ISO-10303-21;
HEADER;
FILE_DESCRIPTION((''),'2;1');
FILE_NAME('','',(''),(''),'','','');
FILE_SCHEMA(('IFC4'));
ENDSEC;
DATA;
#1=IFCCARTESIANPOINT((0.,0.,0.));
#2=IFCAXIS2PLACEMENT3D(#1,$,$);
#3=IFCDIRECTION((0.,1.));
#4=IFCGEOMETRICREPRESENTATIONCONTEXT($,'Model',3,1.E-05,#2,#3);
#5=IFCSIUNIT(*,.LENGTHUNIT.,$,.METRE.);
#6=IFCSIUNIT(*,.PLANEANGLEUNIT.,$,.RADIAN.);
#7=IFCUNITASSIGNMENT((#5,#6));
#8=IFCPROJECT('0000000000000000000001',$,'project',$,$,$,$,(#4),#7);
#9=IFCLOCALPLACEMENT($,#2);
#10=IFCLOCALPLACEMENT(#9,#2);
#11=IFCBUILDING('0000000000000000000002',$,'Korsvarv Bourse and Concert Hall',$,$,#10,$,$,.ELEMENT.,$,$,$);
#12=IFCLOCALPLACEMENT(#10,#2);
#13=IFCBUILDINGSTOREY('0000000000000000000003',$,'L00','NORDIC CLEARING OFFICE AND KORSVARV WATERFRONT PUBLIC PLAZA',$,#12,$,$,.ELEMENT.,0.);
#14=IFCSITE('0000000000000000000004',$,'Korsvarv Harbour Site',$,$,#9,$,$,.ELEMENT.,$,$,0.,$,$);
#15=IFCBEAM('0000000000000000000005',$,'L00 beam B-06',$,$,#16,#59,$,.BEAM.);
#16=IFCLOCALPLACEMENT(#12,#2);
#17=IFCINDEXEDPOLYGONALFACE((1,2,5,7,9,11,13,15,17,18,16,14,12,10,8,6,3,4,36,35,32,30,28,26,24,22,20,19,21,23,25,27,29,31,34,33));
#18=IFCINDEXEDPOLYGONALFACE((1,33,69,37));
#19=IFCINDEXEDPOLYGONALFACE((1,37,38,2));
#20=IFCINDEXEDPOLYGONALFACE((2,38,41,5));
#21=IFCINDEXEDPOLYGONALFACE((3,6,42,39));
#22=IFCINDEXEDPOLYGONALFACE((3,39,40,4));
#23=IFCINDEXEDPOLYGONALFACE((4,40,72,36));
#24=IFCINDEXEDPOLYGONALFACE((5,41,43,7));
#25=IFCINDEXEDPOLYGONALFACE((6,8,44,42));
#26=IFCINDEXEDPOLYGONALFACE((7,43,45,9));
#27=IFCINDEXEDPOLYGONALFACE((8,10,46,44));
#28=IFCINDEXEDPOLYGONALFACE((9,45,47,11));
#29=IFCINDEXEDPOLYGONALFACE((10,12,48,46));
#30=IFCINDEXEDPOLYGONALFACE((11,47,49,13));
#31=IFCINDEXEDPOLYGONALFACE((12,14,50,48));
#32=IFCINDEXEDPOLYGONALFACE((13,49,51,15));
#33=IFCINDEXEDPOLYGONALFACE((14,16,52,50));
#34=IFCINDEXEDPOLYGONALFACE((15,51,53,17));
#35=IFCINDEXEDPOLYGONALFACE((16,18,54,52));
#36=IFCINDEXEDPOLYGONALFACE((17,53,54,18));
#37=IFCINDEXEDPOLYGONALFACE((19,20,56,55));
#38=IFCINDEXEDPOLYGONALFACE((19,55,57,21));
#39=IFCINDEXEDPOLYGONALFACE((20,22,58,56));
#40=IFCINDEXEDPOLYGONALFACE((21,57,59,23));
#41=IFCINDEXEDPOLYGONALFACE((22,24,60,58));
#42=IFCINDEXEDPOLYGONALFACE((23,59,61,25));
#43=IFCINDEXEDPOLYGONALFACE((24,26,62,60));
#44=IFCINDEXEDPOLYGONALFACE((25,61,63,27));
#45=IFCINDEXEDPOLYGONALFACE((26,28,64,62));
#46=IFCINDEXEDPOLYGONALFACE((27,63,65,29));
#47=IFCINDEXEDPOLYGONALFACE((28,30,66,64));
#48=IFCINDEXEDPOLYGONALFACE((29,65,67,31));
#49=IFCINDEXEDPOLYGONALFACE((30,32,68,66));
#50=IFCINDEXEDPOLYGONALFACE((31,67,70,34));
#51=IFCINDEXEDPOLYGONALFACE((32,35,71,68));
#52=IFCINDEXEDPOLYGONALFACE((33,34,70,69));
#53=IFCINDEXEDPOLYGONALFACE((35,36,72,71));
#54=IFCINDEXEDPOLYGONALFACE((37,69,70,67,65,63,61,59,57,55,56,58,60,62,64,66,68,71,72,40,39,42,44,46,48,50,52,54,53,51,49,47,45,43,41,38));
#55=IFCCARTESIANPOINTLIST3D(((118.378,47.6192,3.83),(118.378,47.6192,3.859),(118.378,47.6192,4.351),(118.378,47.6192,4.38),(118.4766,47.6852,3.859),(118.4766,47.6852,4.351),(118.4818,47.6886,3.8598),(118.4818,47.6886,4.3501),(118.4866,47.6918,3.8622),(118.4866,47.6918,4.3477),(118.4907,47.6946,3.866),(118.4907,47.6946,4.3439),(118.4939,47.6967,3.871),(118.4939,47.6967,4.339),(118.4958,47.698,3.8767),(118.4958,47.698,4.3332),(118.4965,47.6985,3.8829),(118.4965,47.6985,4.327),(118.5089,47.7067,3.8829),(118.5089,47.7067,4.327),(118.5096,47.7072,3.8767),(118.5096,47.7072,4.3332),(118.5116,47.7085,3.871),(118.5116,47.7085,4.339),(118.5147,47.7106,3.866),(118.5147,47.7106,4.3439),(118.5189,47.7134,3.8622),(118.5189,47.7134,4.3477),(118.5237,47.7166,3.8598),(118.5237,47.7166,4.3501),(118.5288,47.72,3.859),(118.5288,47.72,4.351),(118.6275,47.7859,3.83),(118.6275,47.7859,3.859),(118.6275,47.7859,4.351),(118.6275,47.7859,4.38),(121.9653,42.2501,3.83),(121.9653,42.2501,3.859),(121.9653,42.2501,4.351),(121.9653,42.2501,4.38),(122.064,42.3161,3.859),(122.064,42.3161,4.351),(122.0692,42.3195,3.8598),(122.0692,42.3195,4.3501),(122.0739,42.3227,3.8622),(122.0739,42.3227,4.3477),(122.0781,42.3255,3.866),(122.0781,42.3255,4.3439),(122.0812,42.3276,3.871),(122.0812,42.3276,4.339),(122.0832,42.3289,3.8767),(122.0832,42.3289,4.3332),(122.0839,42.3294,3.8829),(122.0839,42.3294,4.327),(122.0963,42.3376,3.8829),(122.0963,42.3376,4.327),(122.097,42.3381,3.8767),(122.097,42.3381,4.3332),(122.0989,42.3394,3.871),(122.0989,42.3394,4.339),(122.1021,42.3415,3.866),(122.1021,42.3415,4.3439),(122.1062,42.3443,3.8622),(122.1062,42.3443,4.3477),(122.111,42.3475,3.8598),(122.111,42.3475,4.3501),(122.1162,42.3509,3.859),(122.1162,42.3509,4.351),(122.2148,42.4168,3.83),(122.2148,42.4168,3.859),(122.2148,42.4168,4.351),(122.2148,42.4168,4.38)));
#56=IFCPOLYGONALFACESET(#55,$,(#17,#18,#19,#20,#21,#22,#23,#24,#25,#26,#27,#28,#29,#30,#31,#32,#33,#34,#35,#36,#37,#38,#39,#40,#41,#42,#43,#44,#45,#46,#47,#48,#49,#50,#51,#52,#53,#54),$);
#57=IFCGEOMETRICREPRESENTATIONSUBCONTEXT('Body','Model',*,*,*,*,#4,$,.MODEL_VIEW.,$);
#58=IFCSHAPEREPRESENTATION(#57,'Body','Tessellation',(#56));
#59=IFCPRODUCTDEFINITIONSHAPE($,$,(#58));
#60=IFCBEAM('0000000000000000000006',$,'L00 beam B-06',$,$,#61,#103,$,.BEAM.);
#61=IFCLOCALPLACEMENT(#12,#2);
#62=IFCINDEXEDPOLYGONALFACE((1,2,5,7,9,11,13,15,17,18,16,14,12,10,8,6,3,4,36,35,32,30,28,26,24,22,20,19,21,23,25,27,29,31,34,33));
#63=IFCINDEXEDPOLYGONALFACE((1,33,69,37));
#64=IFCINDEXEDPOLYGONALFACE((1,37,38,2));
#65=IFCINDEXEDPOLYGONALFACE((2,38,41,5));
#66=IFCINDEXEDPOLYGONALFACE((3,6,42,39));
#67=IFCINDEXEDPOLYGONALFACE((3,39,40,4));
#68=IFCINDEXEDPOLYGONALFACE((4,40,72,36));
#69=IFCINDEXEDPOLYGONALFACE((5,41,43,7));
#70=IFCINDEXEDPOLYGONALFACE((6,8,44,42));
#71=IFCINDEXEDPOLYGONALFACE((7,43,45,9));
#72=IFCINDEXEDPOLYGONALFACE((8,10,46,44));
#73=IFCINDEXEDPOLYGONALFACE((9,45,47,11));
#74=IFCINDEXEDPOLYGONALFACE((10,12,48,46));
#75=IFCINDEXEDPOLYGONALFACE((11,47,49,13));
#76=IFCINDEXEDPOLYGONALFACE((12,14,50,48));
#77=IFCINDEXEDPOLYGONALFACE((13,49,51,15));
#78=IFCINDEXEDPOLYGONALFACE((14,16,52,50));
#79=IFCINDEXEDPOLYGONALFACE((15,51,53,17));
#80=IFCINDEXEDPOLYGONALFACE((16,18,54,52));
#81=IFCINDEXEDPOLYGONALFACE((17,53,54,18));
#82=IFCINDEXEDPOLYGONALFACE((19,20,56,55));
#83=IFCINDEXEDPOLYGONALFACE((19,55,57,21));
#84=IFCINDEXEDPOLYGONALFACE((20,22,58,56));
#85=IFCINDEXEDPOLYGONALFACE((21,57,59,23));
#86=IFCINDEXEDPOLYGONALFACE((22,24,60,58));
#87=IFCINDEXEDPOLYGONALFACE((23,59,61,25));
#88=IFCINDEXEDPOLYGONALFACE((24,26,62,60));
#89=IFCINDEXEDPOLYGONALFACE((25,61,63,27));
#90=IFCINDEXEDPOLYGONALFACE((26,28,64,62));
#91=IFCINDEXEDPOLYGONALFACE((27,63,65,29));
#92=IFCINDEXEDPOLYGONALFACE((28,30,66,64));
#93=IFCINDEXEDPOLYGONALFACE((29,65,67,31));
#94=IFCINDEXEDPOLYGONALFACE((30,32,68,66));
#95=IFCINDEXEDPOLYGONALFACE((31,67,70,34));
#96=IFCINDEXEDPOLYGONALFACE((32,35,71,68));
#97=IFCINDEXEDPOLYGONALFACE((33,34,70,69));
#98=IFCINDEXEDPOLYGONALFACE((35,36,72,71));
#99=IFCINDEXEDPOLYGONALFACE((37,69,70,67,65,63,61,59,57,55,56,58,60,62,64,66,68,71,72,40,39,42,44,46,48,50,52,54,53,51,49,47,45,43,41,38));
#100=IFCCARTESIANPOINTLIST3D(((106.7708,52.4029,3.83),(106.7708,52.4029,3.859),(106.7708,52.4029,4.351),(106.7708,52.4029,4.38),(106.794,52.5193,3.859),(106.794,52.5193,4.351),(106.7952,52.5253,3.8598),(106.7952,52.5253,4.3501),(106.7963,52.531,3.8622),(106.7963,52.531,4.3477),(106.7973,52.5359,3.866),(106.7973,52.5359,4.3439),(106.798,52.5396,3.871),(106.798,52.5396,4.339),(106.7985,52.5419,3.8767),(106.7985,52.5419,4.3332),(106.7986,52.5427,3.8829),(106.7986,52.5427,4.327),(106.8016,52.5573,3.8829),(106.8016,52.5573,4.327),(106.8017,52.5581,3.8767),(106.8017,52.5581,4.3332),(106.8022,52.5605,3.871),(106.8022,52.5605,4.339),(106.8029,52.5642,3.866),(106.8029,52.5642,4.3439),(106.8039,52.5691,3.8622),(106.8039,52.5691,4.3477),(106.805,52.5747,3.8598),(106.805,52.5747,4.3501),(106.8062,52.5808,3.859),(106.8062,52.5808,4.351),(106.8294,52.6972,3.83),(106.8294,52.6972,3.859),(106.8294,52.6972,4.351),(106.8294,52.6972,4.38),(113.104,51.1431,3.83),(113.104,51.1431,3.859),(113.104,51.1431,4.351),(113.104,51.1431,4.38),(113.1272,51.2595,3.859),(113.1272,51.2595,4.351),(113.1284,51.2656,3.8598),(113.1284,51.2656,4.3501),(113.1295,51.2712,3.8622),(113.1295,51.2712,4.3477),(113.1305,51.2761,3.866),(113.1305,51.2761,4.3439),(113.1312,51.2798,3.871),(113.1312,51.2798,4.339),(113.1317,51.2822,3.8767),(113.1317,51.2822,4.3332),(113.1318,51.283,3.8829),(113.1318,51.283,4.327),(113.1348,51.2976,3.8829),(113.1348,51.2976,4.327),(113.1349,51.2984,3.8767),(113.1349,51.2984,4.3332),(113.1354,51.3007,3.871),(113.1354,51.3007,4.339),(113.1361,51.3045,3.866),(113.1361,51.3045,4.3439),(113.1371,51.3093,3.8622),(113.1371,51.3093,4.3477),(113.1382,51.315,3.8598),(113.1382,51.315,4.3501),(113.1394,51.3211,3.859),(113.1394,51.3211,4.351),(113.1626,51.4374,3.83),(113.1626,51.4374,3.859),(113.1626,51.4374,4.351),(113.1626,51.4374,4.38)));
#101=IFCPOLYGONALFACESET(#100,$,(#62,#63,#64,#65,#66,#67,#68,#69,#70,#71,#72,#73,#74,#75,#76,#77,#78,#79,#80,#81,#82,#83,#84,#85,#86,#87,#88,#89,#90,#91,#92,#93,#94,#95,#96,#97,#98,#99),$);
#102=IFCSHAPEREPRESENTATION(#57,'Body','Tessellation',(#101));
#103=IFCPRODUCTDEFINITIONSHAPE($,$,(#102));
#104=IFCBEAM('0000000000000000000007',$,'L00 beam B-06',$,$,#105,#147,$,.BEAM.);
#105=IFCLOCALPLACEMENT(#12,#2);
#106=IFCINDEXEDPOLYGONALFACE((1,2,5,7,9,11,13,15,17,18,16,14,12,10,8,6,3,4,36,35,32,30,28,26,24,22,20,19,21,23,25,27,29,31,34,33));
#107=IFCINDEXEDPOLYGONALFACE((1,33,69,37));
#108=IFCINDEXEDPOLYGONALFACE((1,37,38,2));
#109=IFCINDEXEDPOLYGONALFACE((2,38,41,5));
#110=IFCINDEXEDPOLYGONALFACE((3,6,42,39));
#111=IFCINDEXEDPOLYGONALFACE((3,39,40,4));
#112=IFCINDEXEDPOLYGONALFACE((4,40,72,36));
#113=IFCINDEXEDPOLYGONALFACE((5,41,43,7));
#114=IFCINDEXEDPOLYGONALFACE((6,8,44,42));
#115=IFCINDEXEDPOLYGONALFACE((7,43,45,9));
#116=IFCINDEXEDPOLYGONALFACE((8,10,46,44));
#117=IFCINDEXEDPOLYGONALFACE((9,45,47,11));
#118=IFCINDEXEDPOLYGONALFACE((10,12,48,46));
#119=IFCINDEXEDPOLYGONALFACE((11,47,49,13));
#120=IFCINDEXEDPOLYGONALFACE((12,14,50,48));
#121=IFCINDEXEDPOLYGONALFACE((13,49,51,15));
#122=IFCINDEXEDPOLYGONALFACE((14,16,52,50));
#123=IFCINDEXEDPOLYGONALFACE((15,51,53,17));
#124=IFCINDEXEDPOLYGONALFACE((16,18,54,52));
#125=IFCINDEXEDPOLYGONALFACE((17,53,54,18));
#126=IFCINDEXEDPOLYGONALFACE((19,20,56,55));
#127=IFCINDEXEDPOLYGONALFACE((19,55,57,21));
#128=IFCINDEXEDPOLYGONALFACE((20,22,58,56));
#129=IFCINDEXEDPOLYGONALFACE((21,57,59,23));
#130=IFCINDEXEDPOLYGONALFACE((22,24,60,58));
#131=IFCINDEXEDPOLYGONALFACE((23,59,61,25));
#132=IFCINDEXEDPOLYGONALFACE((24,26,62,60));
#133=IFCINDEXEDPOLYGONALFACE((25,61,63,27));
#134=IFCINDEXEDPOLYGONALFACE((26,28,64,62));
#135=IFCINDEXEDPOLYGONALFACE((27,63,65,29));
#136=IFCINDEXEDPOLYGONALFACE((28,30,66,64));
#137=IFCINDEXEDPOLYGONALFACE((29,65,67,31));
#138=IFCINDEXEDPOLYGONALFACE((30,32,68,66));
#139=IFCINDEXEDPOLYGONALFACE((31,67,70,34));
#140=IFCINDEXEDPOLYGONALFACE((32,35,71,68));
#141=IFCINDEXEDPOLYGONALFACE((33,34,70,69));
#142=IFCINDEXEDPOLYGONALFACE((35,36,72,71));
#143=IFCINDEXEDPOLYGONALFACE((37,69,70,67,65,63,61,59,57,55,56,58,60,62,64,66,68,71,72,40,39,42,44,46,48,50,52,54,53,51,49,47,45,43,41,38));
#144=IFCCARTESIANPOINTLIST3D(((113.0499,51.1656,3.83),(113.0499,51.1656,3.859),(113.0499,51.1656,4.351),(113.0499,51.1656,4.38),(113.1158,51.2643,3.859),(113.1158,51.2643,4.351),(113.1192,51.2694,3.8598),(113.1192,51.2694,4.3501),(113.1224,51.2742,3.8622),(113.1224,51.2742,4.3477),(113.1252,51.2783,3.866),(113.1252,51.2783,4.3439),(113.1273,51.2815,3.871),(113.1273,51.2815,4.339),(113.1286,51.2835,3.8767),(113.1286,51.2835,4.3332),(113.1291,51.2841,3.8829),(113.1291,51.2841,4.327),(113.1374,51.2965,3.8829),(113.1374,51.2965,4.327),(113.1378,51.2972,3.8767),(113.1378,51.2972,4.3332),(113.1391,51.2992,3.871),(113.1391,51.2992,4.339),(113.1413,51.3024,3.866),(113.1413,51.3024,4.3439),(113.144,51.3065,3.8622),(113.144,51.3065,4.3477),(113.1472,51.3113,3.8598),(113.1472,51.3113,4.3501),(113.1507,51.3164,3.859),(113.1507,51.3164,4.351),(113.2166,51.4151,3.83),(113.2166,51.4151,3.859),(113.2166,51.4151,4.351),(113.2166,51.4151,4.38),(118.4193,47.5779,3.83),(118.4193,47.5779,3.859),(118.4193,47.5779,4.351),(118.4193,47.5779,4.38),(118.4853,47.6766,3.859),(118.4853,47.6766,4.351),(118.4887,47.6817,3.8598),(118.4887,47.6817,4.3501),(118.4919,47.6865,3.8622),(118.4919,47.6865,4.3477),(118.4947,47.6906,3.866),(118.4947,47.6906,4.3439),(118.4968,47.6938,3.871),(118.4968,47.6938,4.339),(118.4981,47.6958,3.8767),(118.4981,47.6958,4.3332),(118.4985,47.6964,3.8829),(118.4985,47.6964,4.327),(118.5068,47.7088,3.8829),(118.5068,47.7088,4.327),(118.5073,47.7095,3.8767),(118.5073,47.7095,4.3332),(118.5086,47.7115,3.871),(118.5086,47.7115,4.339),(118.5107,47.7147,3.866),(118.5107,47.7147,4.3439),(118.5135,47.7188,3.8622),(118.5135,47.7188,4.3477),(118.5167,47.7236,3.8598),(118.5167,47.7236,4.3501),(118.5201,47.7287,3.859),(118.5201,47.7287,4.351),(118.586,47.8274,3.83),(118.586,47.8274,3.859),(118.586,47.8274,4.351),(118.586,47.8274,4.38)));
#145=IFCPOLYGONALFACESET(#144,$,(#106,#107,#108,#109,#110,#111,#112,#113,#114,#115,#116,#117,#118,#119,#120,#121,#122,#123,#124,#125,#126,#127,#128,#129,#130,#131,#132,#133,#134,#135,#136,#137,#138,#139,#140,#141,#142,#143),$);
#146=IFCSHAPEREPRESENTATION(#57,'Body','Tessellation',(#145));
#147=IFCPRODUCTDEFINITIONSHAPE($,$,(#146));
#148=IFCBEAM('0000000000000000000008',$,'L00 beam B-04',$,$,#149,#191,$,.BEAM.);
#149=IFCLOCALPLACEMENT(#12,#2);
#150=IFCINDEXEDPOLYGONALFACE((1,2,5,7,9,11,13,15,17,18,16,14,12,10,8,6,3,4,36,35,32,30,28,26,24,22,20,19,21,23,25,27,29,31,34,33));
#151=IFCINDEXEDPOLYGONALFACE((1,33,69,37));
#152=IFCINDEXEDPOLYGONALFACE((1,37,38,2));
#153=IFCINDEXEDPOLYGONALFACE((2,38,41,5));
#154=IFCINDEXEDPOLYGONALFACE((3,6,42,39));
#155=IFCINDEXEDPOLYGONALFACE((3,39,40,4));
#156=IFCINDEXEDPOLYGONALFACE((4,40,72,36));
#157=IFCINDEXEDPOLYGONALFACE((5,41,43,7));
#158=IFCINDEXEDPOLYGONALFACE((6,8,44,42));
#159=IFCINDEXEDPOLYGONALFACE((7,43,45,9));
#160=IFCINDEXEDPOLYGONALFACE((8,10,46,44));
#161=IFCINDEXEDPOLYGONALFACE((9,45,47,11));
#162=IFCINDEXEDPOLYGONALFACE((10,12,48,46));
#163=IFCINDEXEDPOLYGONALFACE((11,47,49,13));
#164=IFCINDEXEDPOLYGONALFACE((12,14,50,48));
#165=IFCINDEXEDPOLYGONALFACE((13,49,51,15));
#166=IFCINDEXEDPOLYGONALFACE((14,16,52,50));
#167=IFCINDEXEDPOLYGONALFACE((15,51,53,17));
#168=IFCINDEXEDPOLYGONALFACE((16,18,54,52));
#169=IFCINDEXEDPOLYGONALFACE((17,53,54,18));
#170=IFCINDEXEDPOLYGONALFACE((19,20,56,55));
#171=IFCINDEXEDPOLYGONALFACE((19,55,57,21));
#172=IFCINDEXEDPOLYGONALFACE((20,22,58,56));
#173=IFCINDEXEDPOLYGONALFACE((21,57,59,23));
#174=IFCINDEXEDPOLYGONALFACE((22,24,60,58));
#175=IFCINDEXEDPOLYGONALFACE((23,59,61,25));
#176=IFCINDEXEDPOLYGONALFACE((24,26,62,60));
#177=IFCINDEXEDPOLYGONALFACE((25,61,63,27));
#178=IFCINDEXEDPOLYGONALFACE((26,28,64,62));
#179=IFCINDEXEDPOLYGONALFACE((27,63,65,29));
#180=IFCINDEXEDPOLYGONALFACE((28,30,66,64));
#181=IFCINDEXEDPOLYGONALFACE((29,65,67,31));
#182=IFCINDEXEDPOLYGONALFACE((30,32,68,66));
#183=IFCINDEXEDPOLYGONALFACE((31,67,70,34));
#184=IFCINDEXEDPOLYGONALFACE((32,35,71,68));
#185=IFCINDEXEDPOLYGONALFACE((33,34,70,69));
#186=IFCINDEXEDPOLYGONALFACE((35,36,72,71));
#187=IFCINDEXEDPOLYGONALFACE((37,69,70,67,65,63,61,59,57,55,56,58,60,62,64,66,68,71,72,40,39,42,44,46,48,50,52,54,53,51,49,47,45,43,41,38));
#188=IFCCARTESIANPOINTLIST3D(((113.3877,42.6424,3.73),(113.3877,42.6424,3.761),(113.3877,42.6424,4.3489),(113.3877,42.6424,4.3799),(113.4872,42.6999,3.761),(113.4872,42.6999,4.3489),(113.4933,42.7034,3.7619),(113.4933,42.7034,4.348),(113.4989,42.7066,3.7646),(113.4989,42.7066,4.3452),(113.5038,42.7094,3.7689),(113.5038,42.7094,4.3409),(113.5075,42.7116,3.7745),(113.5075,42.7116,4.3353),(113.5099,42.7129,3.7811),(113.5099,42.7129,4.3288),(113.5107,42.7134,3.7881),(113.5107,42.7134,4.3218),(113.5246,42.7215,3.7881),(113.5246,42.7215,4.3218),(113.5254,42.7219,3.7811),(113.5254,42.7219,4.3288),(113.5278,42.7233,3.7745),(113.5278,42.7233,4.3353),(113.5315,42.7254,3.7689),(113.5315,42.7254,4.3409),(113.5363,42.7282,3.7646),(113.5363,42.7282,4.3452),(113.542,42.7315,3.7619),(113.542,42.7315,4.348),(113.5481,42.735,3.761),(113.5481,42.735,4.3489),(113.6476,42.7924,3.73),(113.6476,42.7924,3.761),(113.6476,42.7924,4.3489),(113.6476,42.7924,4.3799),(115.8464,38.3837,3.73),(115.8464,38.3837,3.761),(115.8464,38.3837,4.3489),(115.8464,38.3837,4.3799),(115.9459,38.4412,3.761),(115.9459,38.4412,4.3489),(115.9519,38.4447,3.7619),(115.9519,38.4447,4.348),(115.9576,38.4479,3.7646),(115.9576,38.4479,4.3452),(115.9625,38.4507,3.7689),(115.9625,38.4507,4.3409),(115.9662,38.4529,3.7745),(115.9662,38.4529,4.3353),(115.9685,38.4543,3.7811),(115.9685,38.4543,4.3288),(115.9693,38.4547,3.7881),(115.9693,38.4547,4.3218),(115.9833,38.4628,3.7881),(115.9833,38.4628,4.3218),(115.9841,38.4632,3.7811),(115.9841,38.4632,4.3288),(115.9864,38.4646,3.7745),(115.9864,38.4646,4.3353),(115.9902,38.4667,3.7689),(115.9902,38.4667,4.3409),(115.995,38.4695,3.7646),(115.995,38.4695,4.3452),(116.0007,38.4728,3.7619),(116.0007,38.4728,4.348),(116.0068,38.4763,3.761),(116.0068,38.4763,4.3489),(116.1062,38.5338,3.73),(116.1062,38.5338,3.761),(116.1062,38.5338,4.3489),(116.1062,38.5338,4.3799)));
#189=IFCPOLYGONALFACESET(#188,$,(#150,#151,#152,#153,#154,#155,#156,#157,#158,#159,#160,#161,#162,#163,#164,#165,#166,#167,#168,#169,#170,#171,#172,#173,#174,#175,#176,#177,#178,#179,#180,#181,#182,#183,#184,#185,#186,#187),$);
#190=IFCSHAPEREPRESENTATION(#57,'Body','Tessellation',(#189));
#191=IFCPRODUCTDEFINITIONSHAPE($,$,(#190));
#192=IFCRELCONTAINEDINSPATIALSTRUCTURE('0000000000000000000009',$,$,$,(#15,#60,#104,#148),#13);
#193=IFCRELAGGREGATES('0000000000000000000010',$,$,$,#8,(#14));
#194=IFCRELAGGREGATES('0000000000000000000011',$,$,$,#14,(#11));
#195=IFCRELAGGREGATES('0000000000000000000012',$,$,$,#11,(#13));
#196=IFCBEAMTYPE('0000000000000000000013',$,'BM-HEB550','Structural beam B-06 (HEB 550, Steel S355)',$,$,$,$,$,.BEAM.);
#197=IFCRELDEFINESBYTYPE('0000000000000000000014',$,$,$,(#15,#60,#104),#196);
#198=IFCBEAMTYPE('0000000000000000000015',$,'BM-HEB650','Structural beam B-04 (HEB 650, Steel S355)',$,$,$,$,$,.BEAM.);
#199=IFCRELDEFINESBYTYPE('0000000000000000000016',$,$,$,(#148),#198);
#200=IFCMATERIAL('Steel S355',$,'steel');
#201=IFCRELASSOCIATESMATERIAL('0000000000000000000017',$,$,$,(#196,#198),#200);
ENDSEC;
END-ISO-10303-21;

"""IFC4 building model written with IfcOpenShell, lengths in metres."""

from ifc_helpers import new_model, si_unit, direction, frame, origin, origin_2d, place, context, subcontext, project, spatial, i_section, extrude, source, transform, mapped, material, material_profile, profile_set, type_object, element, save


model = new_model("IFC4")

# Units and contexts
model_context = context("Model", 3, precision=1e-05, world=origin(), true_north=direction((0.0, 1.0)))
body_context = subcontext(model_context, "Body", "Model", "MODEL_VIEW")
ifc_project = project(units=[si_unit("LENGTHUNIT", "METRE"), si_unit("PLANEANGLEUNIT", "RADIAN")], contexts=[model_context])

# Site, building, storey
site_placement = place(None, origin())
site = spatial("IfcSite", under=ifc_project, at=site_placement, Name="Korsvarv Harbour Site", CompositionType="ELEMENT", RefElevation=0.0)
building_placement = place(site_placement, origin())
building = spatial("IfcBuilding", under=site, at=building_placement, Name="Korsvarv Bourse and Concert Hall", CompositionType="ELEMENT")
storey_placement = place(building_placement, origin())
storey = spatial("IfcBuildingStorey", under=building, at=storey_placement, Name="L00", Description="NORDIC CLEARING OFFICE AND KORSVARV WATERFRONT PUBLIC PLAZA", CompositionType="ELEMENT", Elevation=0.0)

# Beams
ifc_material_1 = material(Name="Steel S355", Category="steel")
ifc_material_profile_1 = material_profile(ifc_material_1, i_section(OverallWidth=0.3, OverallDepth=0.55, WebThickness=0.0149, FlangeThickness=0.0291, FilletRadius=0.0239, at=origin_2d()), Name="HEB 550")
ifc_profile_set_1 = profile_set([ifc_material_profile_1], Name="Steel S355")
beam_type_1 = type_object("IfcBeamType", Name="BM-HEB550", Description="Structural beam B-06 (HEB 550, Steel S355)", PredefinedType="BEAM", material=ifc_profile_set_1)
shared_shape_1 = source(origin(), body_context, "Body", "SweptSolid", [
    extrude(i_section(OverallWidth=0.3, OverallDepth=0.55, WebThickness=0.0149, FlangeThickness=0.0291, FilletRadius=0.0239, at=origin_2d()), origin(), (0.0, 0.0, 1.0), 6.4573),
])
for number, where, z_axis, x_axis, name in (
    (1, (122.0901, 42.3335, 4.105), (-0.555555, 0.83148, 0.0), (-0.83148, -0.555555, 0.0), "L00 beam B-06"),
    (2, (113.1333, 51.2903, 4.105), (-0.980785, 0.195091, 0.0), (-0.195091, -0.980785, 0.0), "L00 beam B-06"),
):
    element("IfcBeam", number, at=place(storey_placement, frame(where, z_axis=z_axis, x_axis=x_axis)), inside=storey, type_object=beam_type_1, Name=name, PredefinedType="BEAM", context=body_context, shape_type="MappedRepresentation", body=[
        mapped(shared_shape_1, transform((0.0, 0.0, 0.0), scale=1.0)),
    ])
shared_shape_2 = source(origin(), body_context, "Body", "SweptSolid", [
    extrude(i_section(OverallWidth=0.3, OverallDepth=0.55, WebThickness=0.0149, FlangeThickness=0.0291, FilletRadius=0.0239, at=origin_2d()), origin(), (0.0, 0.0, 1.0), 6.4578),
])
beam_1_placement = place(storey_placement, frame((118.5027, 47.7026, 4.105), z_axis=(-0.831474, 0.555564, 0.0), x_axis=(-0.555564, -0.831474, 0.0)))
element("IfcBeam", 3, at=beam_1_placement, inside=storey, type_object=beam_type_1, Name="L00 beam B-06", PredefinedType="BEAM", context=body_context, shape_type="MappedRepresentation", body=[
    mapped(shared_shape_2, transform((0.0, 0.0, 0.0), scale=1.0)),
])
ifc_material_profile_2 = material_profile(ifc_material_1, i_section(OverallWidth=0.3, OverallDepth=0.6499, WebThickness=0.0161, FlangeThickness=0.031, FilletRadius=0.0271, at=origin_2d()), Name="HEB 650")
ifc_profile_set_2 = profile_set([ifc_material_profile_2], Name="Steel S355")
beam_type_2 = type_object("IfcBeamType", Name="BM-HEB650", Description="Structural beam B-04 (HEB 650, Steel S355)", PredefinedType="BEAM", material=ifc_profile_set_2)
shared_shape_3 = source(origin(), body_context, "Body", "SweptSolid", [
    extrude(i_section(OverallWidth=0.3, OverallDepth=0.6499, WebThickness=0.0161, FlangeThickness=0.031, FilletRadius=0.0271, at=origin_2d()), origin(), (0.0, 0.0, 1.0), 4.9175),
])
for number, where, z_axis, x_axis, name in (
    (4, (115.9763, 38.4587, 4.0549), (-0.499989, 0.866032, 0.0), (-0.866032, -0.499989, 0.0), "L00 beam B-04"),
):
    element("IfcBeam", number, at=place(storey_placement, frame(where, z_axis=z_axis, x_axis=x_axis)), inside=storey, type_object=beam_type_2, Name=name, PredefinedType="BEAM", context=body_context, shape_type="MappedRepresentation", body=[
        mapped(shared_shape_3, transform((0.0, 0.0, 0.0), scale=1.0)),
    ])

save(model, "model.ifc")
